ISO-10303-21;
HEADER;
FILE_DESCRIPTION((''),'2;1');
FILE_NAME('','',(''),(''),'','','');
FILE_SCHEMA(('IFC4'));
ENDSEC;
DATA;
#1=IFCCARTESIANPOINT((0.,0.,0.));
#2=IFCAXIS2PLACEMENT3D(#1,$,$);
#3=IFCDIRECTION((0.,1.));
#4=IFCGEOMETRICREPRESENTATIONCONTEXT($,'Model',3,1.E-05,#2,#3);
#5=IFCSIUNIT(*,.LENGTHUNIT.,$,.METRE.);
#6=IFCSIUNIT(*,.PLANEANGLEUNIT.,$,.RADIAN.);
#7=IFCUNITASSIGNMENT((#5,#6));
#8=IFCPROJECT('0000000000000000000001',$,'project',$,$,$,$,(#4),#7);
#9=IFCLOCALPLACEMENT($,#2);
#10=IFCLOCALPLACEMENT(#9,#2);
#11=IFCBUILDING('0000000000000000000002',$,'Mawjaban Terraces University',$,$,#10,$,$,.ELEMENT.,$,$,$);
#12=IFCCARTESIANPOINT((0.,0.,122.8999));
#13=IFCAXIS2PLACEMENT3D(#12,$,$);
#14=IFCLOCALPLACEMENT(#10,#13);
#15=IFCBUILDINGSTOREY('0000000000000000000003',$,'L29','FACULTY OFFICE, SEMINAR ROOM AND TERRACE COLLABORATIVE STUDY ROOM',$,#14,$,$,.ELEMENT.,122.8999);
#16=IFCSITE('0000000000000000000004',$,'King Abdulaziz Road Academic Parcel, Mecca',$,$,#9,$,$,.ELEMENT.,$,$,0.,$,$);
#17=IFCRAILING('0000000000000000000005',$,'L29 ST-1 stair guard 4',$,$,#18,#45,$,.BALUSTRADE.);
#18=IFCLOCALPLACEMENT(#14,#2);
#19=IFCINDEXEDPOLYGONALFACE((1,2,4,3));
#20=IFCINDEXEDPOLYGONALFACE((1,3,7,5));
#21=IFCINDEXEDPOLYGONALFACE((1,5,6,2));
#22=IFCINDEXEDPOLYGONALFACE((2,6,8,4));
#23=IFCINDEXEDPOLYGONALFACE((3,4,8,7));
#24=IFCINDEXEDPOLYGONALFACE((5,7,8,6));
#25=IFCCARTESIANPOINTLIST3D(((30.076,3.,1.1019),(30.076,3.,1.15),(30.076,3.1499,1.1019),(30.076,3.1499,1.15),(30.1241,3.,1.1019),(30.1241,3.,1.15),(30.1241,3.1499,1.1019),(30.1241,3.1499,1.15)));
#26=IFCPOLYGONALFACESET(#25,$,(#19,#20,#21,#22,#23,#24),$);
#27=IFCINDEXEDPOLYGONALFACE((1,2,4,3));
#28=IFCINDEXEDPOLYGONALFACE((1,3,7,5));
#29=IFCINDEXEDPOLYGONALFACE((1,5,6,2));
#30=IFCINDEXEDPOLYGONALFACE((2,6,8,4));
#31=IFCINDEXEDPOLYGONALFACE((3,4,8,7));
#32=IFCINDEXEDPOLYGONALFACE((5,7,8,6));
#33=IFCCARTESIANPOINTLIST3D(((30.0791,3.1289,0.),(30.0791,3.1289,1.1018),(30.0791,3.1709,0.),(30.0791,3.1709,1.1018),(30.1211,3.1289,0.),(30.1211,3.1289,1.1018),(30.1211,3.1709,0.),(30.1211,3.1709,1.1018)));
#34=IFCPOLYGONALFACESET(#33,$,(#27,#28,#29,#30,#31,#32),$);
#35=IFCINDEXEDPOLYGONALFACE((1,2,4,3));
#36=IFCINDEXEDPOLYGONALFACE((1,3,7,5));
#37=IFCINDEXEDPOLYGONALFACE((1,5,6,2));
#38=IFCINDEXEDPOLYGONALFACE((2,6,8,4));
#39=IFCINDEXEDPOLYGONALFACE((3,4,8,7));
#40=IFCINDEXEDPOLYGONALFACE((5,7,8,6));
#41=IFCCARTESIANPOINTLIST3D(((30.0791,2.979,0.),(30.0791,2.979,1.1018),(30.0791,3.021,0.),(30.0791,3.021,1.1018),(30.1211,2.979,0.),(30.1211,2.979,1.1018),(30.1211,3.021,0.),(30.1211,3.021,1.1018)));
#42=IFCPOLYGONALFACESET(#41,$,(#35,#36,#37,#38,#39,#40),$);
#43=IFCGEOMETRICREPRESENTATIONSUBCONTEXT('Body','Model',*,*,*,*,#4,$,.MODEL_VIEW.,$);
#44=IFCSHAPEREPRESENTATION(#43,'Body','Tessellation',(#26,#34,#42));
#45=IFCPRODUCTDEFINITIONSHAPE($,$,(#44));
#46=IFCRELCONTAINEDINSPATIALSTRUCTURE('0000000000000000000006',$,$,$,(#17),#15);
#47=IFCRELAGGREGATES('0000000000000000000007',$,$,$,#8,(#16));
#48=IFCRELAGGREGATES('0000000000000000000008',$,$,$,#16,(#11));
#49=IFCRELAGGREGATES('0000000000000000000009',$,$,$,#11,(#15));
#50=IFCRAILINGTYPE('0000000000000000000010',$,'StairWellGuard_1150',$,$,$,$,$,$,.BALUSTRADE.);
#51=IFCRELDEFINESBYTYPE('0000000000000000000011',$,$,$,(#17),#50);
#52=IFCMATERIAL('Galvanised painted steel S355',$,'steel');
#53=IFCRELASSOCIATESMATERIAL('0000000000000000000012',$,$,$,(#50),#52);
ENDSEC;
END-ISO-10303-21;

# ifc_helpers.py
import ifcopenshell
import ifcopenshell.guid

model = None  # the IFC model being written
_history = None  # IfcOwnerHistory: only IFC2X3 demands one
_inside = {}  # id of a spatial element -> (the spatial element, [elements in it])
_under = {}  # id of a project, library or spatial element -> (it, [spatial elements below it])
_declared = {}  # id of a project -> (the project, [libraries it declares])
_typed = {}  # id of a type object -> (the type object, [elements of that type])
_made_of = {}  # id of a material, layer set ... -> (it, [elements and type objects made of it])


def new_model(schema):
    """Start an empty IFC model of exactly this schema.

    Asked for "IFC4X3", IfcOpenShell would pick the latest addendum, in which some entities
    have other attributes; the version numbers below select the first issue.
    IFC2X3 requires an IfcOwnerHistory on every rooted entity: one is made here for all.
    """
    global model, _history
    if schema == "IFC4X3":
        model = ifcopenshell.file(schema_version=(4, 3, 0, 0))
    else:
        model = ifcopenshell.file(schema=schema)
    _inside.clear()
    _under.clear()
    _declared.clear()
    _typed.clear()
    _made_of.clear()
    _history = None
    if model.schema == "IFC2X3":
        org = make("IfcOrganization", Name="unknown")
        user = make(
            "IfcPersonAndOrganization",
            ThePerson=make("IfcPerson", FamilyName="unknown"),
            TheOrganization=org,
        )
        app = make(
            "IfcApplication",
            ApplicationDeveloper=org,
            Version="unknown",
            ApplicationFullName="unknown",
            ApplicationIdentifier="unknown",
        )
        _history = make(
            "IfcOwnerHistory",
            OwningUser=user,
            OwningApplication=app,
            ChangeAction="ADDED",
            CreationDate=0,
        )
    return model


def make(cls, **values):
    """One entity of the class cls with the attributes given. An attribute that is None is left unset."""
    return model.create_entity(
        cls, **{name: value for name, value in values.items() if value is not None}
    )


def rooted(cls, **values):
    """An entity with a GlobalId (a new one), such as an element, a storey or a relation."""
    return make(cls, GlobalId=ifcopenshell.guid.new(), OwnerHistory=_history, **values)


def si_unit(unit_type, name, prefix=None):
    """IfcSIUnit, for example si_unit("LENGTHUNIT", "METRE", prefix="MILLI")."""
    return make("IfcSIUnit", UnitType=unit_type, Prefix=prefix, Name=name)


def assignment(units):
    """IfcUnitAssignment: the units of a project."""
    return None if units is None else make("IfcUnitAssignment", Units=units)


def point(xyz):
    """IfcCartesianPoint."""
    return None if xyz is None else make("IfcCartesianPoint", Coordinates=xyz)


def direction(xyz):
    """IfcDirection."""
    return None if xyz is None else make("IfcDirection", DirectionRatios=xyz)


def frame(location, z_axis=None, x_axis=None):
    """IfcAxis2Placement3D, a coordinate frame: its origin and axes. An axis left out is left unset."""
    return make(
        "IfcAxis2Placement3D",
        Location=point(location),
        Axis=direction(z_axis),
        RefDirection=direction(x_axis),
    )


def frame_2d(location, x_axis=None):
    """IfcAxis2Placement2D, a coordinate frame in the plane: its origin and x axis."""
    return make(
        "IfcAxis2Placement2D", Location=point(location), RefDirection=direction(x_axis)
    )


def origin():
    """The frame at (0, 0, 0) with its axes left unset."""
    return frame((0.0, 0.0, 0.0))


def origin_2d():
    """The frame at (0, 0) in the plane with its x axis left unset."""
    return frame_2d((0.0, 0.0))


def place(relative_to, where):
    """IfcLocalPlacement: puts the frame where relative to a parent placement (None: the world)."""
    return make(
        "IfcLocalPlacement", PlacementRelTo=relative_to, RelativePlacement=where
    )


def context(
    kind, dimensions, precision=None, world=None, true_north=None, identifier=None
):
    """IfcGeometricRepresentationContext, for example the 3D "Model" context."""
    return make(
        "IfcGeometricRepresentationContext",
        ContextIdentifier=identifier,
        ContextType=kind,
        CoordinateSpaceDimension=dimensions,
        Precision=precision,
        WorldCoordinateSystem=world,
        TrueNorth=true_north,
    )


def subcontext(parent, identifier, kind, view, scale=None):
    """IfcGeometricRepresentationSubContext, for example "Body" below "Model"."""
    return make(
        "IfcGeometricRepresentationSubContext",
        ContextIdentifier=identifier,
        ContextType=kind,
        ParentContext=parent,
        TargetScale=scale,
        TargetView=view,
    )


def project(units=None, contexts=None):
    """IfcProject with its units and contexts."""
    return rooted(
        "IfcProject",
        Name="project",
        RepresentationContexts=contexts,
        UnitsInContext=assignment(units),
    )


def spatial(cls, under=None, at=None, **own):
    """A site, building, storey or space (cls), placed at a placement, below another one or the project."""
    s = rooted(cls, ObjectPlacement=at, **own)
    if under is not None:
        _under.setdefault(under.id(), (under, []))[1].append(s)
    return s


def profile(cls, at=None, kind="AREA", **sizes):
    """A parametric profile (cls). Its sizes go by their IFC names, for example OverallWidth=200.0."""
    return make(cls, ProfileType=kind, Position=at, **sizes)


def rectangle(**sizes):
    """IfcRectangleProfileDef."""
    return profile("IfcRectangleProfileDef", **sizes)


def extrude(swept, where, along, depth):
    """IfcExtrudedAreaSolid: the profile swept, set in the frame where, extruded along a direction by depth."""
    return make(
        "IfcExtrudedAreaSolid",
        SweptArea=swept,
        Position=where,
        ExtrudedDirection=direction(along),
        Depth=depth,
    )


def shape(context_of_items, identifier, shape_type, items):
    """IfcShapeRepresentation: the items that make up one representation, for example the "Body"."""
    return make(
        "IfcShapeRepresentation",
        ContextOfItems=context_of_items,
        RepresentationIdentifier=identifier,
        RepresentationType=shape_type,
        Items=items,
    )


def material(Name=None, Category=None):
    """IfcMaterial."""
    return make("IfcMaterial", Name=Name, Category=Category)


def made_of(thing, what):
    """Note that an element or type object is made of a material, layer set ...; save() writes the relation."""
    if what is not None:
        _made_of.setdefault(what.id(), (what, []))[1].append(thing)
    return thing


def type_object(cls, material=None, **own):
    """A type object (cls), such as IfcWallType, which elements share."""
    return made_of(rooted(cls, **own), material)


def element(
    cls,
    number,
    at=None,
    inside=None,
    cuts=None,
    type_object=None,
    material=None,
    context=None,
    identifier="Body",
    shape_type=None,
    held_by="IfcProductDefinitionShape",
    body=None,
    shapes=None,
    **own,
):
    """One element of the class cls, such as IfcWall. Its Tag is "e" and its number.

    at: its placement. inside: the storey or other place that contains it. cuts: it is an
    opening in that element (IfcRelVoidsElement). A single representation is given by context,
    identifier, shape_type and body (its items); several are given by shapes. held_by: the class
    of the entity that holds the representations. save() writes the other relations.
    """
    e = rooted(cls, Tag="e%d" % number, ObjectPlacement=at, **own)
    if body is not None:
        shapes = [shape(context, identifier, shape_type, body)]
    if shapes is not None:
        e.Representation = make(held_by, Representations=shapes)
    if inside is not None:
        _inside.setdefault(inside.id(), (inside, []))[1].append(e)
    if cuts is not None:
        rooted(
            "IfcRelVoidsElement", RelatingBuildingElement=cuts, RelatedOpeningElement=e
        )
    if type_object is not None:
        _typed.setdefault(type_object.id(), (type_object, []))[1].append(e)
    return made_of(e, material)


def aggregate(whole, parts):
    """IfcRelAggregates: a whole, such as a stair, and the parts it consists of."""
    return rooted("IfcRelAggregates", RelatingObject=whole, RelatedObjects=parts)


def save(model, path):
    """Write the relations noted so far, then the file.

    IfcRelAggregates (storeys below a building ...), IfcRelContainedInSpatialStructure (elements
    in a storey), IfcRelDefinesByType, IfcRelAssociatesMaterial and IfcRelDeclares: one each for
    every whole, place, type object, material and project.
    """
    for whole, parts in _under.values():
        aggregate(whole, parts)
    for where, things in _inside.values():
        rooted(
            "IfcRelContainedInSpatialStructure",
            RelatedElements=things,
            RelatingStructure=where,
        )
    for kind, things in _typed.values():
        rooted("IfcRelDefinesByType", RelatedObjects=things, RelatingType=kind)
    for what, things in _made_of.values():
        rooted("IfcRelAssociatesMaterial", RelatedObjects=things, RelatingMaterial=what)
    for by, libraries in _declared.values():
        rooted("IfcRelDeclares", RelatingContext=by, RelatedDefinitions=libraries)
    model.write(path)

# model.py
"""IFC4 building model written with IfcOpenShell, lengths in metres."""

from ifc_helpers import new_model, si_unit, direction, frame, origin, origin_2d, place, context, subcontext, project, spatial, rectangle, extrude, material, type_object, element, save


model = new_model("IFC4")

# Units and contexts
model_context = context("Model", 3, precision=1e-05, world=origin(), true_north=direction((0.0, 1.0)))
body_context = subcontext(model_context, "Body", "Model", "MODEL_VIEW")
ifc_project = project(units=[si_unit("LENGTHUNIT", "METRE"), si_unit("PLANEANGLEUNIT", "RADIAN")], contexts=[model_context])

# Site, building, storey
site_placement = place(None, origin())
site = spatial("IfcSite", under=ifc_project, at=site_placement, Name="King Abdulaziz Road Academic Parcel, Mecca", CompositionType="ELEMENT", RefElevation=0.0)
building_placement = place(site_placement, origin())
building = spatial("IfcBuilding", under=site, at=building_placement, Name="Mawjaban Terraces University", CompositionType="ELEMENT")
storey_placement = place(building_placement, frame((0.0, 0.0, 122.8999)))
storey = spatial("IfcBuildingStorey", under=building, at=storey_placement, Name="L29", Description="FACULTY OFFICE, SEMINAR ROOM AND TERRACE COLLABORATIVE STUDY ROOM", CompositionType="ELEMENT", Elevation=122.8999)

# Railing
ifc_material_1 = material(Name="Galvanised painted steel S355", Category="steel")
railing_type_1 = type_object("IfcRailingType", Name="StairWellGuard_1150", PredefinedType="BALUSTRADE", material=ifc_material_1)
railing_1_placement = place(storey_placement, frame((30.1001, 3.1499, 0.0)))
element("IfcRailing", 1, at=railing_1_placement, inside=storey, type_object=railing_type_1, Name="L29 ST-1 stair guard 4", PredefinedType="BALUSTRADE", context=body_context, shape_type="SweptSolid", body=[
    extrude(rectangle(XDim=0.0481, YDim=0.0481, at=origin_2d()), frame((0.0, 0.0, 1.126), z_axis=(0.0, -1.0, 0.0), x_axis=(1.0, 0.0, 0.0)), (0.0, 0.0, 1.0), 0.1499),
    extrude(rectangle(XDim=0.042, YDim=0.042, at=origin_2d()), origin(), (0.0, 0.0, 1.0), 1.1018),
    extrude(rectangle(XDim=0.042, YDim=0.042, at=origin_2d()), frame((0.0, -0.1499, 0.0)), (0.0, 0.0, 1.0), 1.1018),
])

save(model, "model.ifc")
